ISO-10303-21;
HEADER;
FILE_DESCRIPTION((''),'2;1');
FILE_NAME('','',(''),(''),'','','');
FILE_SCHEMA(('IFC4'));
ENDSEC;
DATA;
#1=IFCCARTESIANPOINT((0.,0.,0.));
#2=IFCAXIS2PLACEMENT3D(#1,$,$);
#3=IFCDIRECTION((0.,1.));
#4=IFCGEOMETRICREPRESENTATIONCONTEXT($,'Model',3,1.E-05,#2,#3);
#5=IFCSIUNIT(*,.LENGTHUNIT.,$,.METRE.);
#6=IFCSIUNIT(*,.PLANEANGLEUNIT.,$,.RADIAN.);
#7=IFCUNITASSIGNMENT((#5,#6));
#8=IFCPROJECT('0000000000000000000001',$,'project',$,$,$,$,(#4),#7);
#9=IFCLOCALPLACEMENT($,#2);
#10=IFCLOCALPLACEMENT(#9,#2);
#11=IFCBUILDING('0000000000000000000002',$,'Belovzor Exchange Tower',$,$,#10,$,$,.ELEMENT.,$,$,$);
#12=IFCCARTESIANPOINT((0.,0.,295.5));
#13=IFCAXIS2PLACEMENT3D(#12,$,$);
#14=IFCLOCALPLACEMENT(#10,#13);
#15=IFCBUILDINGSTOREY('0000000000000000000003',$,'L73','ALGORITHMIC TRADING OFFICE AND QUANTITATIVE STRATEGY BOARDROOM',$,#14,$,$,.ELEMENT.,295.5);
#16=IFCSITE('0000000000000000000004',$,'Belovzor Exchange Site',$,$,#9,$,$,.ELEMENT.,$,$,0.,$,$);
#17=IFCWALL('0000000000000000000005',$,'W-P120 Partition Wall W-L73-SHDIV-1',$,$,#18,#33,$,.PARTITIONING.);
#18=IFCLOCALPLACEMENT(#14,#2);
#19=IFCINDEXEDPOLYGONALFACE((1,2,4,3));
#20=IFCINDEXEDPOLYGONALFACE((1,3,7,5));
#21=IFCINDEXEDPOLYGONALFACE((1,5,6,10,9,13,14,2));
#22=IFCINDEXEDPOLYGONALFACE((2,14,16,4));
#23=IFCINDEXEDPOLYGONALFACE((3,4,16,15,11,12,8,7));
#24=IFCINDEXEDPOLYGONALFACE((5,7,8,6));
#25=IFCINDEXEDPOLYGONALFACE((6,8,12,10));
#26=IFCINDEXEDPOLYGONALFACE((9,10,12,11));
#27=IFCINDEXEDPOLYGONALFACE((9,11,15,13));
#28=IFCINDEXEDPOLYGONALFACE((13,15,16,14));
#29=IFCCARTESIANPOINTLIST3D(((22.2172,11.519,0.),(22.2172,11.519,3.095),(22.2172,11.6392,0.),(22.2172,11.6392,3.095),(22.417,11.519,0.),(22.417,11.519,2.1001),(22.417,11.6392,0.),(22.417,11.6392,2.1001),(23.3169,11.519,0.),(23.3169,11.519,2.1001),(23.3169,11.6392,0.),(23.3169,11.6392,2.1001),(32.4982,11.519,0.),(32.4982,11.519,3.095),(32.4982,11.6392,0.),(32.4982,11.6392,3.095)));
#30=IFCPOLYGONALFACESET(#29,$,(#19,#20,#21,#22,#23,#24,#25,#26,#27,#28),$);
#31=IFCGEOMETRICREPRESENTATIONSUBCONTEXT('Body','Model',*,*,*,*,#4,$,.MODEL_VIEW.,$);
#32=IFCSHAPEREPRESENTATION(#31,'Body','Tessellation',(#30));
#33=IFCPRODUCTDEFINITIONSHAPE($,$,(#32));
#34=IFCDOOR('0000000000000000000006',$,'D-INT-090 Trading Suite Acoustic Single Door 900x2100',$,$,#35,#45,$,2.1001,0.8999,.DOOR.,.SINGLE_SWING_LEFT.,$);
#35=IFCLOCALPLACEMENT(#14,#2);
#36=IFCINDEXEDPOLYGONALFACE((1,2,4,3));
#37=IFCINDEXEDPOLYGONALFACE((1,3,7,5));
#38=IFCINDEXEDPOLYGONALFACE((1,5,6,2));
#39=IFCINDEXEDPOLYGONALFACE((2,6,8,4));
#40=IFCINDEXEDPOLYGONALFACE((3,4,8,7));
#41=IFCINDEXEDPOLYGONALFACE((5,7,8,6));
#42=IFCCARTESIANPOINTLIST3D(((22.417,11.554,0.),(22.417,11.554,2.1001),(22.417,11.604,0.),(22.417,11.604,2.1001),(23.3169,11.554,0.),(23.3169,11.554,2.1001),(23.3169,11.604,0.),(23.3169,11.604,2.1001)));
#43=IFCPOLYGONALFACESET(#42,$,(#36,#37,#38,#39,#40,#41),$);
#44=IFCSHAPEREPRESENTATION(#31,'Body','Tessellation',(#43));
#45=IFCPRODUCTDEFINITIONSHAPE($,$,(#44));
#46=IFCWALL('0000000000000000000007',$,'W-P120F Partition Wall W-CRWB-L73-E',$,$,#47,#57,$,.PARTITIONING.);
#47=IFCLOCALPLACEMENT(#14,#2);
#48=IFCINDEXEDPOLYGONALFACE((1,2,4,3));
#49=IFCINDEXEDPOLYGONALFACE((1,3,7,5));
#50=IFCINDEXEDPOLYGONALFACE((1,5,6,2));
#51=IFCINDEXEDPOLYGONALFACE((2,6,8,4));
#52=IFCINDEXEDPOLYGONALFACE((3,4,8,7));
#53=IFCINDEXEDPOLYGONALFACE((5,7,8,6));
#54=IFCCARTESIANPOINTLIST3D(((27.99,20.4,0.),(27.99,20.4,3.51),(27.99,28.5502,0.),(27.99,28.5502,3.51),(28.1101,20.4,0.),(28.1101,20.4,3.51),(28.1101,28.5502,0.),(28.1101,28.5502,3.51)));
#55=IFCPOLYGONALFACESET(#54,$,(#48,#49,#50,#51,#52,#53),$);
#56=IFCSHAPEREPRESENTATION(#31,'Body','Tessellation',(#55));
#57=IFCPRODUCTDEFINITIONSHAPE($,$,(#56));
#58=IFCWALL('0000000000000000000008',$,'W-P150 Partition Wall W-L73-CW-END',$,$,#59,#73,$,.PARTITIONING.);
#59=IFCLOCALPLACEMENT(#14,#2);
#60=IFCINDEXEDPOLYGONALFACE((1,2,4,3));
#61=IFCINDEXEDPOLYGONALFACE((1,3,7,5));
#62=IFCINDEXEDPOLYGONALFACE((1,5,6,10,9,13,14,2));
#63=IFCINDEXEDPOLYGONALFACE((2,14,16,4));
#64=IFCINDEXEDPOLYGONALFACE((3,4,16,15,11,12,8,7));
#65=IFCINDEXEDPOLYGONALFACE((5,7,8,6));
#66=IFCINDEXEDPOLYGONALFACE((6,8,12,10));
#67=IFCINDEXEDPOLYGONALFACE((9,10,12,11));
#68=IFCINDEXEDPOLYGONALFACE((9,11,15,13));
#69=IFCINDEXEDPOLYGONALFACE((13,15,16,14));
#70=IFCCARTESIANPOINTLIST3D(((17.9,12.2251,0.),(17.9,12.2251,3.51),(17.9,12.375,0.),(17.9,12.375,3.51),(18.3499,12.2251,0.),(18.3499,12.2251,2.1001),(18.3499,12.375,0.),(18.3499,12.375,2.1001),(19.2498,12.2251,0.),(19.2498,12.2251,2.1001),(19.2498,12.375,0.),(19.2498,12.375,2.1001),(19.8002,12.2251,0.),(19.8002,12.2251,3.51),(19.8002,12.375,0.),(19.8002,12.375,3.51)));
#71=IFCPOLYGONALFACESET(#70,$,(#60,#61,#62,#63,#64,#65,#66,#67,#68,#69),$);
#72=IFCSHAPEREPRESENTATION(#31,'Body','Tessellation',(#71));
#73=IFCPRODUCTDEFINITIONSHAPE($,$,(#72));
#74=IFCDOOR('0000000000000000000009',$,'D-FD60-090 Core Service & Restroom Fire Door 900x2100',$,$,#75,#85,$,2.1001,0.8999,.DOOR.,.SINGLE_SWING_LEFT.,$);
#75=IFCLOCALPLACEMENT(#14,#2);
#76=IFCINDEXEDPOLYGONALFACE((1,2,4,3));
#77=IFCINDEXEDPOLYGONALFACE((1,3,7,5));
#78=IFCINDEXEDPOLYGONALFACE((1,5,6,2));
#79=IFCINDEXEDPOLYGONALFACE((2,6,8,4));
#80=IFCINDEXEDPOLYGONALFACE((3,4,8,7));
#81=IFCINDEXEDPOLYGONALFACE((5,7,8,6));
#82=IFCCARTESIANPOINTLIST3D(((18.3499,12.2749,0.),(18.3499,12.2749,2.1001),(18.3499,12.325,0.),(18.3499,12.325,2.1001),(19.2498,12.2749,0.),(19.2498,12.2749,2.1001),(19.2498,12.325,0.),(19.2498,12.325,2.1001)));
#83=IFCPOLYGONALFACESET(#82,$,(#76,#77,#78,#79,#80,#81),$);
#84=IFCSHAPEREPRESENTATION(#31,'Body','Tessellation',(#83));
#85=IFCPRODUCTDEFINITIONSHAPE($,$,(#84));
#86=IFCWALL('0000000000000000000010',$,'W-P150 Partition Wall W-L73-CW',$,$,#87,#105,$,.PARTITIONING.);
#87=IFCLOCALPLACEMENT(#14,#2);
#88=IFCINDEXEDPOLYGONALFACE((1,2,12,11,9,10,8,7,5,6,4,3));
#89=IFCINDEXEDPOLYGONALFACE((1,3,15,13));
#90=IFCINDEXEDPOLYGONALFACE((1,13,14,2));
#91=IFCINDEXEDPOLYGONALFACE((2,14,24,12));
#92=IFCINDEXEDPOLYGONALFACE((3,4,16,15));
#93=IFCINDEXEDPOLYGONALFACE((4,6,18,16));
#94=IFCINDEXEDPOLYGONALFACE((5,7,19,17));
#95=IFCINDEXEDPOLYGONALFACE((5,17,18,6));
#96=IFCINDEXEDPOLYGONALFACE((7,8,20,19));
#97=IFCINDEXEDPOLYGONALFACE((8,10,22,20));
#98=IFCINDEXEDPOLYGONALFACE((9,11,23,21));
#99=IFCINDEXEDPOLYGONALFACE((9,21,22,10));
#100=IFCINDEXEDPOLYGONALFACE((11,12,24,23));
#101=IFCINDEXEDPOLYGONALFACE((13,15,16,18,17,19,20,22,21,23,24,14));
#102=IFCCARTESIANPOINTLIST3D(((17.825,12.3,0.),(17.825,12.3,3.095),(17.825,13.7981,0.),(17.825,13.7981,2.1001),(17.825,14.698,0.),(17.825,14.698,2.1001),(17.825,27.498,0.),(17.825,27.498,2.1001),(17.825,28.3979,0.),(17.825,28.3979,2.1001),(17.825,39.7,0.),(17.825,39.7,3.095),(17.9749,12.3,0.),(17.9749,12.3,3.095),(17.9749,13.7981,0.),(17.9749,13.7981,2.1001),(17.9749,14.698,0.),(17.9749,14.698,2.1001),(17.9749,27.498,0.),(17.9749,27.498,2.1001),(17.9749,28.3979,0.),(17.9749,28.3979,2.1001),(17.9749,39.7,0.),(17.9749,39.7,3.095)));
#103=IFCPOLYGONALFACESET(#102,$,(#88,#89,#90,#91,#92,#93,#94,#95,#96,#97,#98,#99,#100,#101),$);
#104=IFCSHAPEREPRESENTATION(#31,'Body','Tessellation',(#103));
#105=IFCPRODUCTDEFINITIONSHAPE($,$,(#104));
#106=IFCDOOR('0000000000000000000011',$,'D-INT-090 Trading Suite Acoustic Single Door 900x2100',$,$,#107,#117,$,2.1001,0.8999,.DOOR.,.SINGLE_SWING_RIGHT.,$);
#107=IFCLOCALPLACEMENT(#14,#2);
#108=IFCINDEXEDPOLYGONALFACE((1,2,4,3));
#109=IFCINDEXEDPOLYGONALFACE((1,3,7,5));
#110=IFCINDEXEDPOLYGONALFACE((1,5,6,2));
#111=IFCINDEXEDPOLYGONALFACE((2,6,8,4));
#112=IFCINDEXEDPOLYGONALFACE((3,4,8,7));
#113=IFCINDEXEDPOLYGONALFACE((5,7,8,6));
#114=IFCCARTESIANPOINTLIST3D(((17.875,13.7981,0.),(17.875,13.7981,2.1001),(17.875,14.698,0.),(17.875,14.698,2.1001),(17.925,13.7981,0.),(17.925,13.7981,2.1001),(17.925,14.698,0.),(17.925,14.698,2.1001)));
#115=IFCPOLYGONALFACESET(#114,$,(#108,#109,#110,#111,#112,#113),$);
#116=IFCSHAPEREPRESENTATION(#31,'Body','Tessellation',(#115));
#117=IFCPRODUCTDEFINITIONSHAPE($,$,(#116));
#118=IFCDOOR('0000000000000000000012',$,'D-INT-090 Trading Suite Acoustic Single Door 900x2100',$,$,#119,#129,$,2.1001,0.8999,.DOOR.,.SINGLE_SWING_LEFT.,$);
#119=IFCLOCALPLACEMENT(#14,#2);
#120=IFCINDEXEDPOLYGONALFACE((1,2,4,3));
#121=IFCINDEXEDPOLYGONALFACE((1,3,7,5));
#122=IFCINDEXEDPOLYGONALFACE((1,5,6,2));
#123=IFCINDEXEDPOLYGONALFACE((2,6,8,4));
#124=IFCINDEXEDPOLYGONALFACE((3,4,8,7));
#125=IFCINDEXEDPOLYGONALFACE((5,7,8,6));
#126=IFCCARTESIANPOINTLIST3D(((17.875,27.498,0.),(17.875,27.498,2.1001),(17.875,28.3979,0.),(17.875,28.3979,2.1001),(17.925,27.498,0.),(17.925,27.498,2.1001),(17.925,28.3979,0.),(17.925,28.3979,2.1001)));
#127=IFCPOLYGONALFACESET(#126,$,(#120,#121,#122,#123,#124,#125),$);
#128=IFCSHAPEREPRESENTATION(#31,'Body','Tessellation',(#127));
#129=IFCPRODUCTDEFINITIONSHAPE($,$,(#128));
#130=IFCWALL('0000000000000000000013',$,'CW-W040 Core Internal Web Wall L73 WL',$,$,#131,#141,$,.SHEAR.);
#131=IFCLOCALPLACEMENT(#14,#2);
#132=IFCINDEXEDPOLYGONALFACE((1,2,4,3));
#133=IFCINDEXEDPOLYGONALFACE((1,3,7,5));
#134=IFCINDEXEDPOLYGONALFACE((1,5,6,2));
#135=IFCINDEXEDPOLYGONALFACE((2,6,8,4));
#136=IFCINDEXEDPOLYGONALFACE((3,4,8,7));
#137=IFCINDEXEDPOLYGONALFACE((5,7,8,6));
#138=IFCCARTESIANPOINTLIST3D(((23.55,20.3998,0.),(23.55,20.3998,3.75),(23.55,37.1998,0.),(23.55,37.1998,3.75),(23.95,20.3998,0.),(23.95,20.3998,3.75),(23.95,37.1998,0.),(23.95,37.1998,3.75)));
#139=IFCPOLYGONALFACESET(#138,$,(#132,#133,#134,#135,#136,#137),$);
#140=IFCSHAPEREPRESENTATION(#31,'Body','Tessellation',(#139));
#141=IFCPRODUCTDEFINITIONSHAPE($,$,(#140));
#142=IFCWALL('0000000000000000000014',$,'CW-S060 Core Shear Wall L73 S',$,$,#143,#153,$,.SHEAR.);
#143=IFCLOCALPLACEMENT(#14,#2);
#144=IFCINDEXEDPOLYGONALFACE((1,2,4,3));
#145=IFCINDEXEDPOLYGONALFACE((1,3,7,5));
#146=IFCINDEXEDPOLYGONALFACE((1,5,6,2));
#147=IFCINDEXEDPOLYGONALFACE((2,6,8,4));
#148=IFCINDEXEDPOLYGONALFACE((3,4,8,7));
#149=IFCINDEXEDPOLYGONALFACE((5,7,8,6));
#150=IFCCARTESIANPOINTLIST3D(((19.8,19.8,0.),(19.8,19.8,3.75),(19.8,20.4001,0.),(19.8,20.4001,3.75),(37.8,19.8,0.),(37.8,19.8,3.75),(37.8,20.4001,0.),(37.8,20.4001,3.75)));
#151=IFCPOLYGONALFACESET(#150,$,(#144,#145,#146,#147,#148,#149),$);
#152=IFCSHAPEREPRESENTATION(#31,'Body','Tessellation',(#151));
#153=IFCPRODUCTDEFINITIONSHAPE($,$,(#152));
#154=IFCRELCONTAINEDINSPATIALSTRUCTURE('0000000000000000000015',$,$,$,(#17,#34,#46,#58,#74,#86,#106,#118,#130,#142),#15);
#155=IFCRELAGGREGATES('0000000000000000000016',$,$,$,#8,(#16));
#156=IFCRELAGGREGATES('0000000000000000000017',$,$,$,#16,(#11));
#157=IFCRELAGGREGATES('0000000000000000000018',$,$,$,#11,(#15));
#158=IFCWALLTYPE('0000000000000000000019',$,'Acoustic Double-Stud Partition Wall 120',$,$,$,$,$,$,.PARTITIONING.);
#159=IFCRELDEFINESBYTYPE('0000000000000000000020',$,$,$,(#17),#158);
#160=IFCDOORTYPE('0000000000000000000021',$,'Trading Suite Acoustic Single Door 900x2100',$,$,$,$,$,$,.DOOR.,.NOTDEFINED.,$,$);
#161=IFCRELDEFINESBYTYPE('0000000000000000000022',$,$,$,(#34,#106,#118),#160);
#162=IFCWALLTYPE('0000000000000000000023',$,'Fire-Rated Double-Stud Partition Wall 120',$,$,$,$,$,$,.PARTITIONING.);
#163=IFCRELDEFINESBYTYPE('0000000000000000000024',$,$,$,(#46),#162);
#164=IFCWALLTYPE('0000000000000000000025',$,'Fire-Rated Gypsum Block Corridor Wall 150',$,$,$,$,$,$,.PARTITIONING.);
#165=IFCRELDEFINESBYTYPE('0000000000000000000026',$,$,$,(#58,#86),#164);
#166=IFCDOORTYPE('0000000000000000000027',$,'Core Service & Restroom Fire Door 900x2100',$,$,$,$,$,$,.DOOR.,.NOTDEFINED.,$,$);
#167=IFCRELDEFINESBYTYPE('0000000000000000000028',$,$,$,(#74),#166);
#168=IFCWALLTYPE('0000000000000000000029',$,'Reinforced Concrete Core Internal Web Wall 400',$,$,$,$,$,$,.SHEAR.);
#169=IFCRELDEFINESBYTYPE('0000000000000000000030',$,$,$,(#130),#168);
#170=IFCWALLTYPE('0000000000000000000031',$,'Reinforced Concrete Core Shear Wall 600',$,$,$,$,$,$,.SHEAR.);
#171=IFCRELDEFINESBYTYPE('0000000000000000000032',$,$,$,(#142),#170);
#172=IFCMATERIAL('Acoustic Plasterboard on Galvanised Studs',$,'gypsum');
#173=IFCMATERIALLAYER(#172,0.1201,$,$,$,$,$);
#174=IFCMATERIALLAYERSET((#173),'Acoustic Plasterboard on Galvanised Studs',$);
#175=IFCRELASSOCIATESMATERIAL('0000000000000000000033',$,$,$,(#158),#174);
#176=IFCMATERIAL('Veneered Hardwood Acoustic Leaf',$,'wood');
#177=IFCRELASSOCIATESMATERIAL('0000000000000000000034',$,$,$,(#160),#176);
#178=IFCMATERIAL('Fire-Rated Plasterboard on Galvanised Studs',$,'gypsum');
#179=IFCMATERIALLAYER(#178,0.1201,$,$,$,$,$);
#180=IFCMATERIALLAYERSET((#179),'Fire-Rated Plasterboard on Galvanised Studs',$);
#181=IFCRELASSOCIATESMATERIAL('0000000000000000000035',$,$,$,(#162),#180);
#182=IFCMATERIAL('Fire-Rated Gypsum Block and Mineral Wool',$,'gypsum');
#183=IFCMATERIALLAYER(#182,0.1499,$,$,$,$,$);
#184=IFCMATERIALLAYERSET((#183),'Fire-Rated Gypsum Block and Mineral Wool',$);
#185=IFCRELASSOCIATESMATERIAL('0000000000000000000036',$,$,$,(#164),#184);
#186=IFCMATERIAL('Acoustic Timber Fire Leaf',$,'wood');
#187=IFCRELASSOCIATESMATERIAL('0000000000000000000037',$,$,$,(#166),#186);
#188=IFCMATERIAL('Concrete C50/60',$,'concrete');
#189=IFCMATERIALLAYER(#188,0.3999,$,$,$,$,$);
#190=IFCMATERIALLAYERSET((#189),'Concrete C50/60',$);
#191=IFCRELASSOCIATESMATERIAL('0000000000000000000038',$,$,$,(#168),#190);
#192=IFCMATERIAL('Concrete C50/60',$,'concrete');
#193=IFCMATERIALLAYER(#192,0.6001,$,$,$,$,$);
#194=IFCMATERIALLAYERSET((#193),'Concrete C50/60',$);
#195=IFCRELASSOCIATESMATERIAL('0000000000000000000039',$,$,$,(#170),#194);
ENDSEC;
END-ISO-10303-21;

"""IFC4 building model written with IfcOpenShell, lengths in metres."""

from ifc_helpers import new_model, si_unit, direction, frame, frame_2d, origin, place, context, subcontext, project, spatial, rectangle, extrude, material, layer, layer_set, type_object, element, fill, save


model = new_model("IFC4")

# Units and contexts
model_context = context("Model", 3, precision=1e-05, world=origin(), true_north=direction((0.0, 1.0)))
body_context = subcontext(model_context, "Body", "Model", "MODEL_VIEW")
ifc_project = project(units=[si_unit("LENGTHUNIT", "METRE"), si_unit("PLANEANGLEUNIT", "RADIAN")], contexts=[model_context])

# Site, building, storey
site_placement = place(None, origin())
site = spatial("IfcSite", under=ifc_project, at=site_placement, Name="Belovzor Exchange Site", CompositionType="ELEMENT", RefElevation=0.0)
building_placement = place(site_placement, origin())
building = spatial("IfcBuilding", under=site, at=building_placement, Name="Belovzor Exchange Tower", CompositionType="ELEMENT")
storey_placement = place(building_placement, frame((0.0, 0.0, 295.5)))
storey = spatial("IfcBuildingStorey", under=building, at=storey_placement, Name="L73", Description="ALGORITHMIC TRADING OFFICE AND QUANTITATIVE STRATEGY BOARDROOM", CompositionType="ELEMENT", Elevation=295.5)

# Wall, opening, door
ifc_material_1 = material(Name="Acoustic Plasterboard on Galvanised Studs", Category="gypsum")
ifc_layer_1 = layer(ifc_material_1, 0.1201)
ifc_layer_set_1 = layer_set([ifc_layer_1], Name="Acoustic Plasterboard on Galvanised Studs")
wall_type_1 = type_object("IfcWallType", Name="Acoustic Double-Stud Partition Wall 120", PredefinedType="PARTITIONING", material=ifc_layer_set_1)
wall_1_placement = place(storey_placement, frame((22.217, 11.5791, 0.0), z_axis=(0.0, 0.0, 1.0), x_axis=(1.0, 0.0, 0.0)))
wall_1 = element("IfcWall", 1, at=wall_1_placement, inside=storey, type_object=wall_type_1, Name="W-P120 Partition Wall W-L73-SHDIV-1", PredefinedType="PARTITIONING", context=body_context, shape_type="SweptSolid", body=[
    extrude(rectangle(XDim=10.281, YDim=0.1201, at=frame_2d((5.1406, 0.0))), origin(), (0.0, 0.0, 1.0), 3.095),
])
opening_1_placement = place(wall_1_placement, frame((0.2, 0.0, 0.0)))
opening_1 = element("IfcOpeningElement", 2, at=opening_1_placement, cuts=wall_1, PredefinedType="OPENING", context=body_context, shape_type="SweptSolid", body=[
    extrude(rectangle(XDim=0.8999, YDim=2.1001, at=frame_2d((0.45, 1.05))), frame((0.0, 0.0701, 0.0), z_axis=(0.0, -1.0, 0.0), x_axis=(1.0, 0.0, 0.0)), (0.0, 0.0, 1.0), 0.1401),
])
ifc_material_2 = material(Name="Veneered Hardwood Acoustic Leaf", Category="wood")
door_type_1 = type_object("IfcDoorType", Name="Trading Suite Acoustic Single Door 900x2100", OperationType="NOTDEFINED", PredefinedType="DOOR", material=ifc_material_2)
door_1_placement = place(opening_1_placement, origin())
door_1 = element("IfcDoor", 3, at=door_1_placement, inside=storey, type_object=door_type_1, Name="D-INT-090 Trading Suite Acoustic Single Door 900x2100", OperationType="SINGLE_SWING_LEFT", OverallHeight=2.1001, OverallWidth=0.8999, PredefinedType="DOOR", context=body_context, shape_type="SweptSolid", body=[
    extrude(rectangle(XDim=0.8999, YDim=2.1001, at=frame_2d((0.45, 1.05))), frame((0.0, 0.0249, 0.0), z_axis=(0.0, -1.0, 0.0), x_axis=(1.0, 0.0, 0.0)), (0.0, 0.0, 1.0), 0.05),
])
fill(opening_1, door_1)

# Wall
ifc_material_3 = material(Name="Fire-Rated Plasterboard on Galvanised Studs", Category="gypsum")
ifc_layer_2 = layer(ifc_material_3, 0.1201)
ifc_layer_set_2 = layer_set([ifc_layer_2], Name="Fire-Rated Plasterboard on Galvanised Studs")
wall_type_2 = type_object("IfcWallType", Name="Fire-Rated Double-Stud Partition Wall 120", PredefinedType="PARTITIONING", material=ifc_layer_set_2)
wall_2_placement = place(storey_placement, frame((28.05, 20.3999, 0.0), z_axis=(0.0, 0.0, 1.0), x_axis=(0.0, 1.0, 0.0)))
element("IfcWall", 4, at=wall_2_placement, inside=storey, type_object=wall_type_2, Name="W-P120F Partition Wall W-CRWB-L73-E", PredefinedType="PARTITIONING", context=body_context, shape_type="SweptSolid", body=[
    extrude(rectangle(XDim=8.1501, YDim=0.1201, at=frame_2d((4.0752, 0.0))), origin(), (0.0, 0.0, 1.0), 3.51),
])

# Wall, opening, door
ifc_material_4 = material(Name="Fire-Rated Gypsum Block and Mineral Wool", Category="gypsum")
ifc_layer_3 = layer(ifc_material_4, 0.1499)
ifc_layer_set_3 = layer_set([ifc_layer_3], Name="Fire-Rated Gypsum Block and Mineral Wool")
wall_type_3 = type_object("IfcWallType", Name="Fire-Rated Gypsum Block Corridor Wall 150", PredefinedType="PARTITIONING", material=ifc_layer_set_3)
wall_3_placement = place(storey_placement, frame((17.8999, 12.3, 0.0), z_axis=(0.0, 0.0, 1.0), x_axis=(1.0, 0.0, 0.0)))
wall_3 = element("IfcWall", 5, at=wall_3_placement, inside=storey, type_object=wall_type_3, Name="W-P150 Partition Wall W-L73-CW-END", PredefinedType="PARTITIONING", context=body_context, shape_type="SweptSolid", body=[
    extrude(rectangle(XDim=1.9001, YDim=0.1499, at=frame_2d((0.9502, 0.0))), origin(), (0.0, 0.0, 1.0), 3.51),
])
opening_2_placement = place(wall_3_placement, frame((0.45, 0.0, 0.0)))
opening_2 = element("IfcOpeningElement", 6, at=opening_2_placement, cuts=wall_3, PredefinedType="OPENING", context=body_context, shape_type="SweptSolid", body=[
    extrude(rectangle(XDim=0.8999, YDim=2.1001, at=frame_2d((0.45, 1.05))), frame((0.0, 0.085, 0.0), z_axis=(0.0, -1.0, 0.0), x_axis=(1.0, 0.0, 0.0)), (0.0, 0.0, 1.0), 0.1699),
])
ifc_material_5 = material(Name="Acoustic Timber Fire Leaf", Category="wood")
door_type_2 = type_object("IfcDoorType", Name="Core Service & Restroom Fire Door 900x2100", OperationType="NOTDEFINED", PredefinedType="DOOR", material=ifc_material_5)
door_2_placement = place(opening_2_placement, origin())
door_2 = element("IfcDoor", 7, at=door_2_placement, inside=storey, type_object=door_type_2, Name="D-FD60-090 Core Service & Restroom Fire Door 900x2100", OperationType="SINGLE_SWING_LEFT", OverallHeight=2.1001, OverallWidth=0.8999, PredefinedType="DOOR", context=body_context, shape_type="SweptSolid", body=[
    extrude(rectangle(XDim=0.8999, YDim=2.1001, at=frame_2d((0.45, 1.05))), frame((0.0, 0.0249, 0.0), z_axis=(0.0, -1.0, 0.0), x_axis=(1.0, 0.0, 0.0)), (0.0, 0.0, 1.0), 0.05),
])
fill(opening_2, door_2)

# Wall, openings, doors
wall_4_placement = place(storey_placement, frame((17.8999, 12.3, 0.0), z_axis=(0.0, 0.0, 1.0), x_axis=(0.0, 1.0, 0.0)))
wall_4 = element("IfcWall", 8, at=wall_4_placement, inside=storey, type_object=wall_type_3, Name="W-P150 Partition Wall W-L73-CW", PredefinedType="PARTITIONING", context=body_context, shape_type="SweptSolid", body=[
    extrude(rectangle(XDim=27.3999, YDim=0.1499, at=frame_2d((13.7, 0.0))), origin(), (0.0, 0.0, 1.0), 3.095),
])
opening_3_placement = place(wall_4_placement, frame((1.498, 0.0, 0.0)))
opening_3 = element("IfcOpeningElement", 9, at=opening_3_placement, cuts=wall_4, PredefinedType="OPENING", context=body_context, shape_type="SweptSolid", body=[
    extrude(rectangle(XDim=0.8999, YDim=2.1001, at=frame_2d((0.45, 1.05))), frame((0.0, 0.085, 0.0), z_axis=(0.0, -1.0, 0.0), x_axis=(1.0, 0.0, 0.0)), (0.0, 0.0, 1.0), 0.1699),
])
opening_4_placement = place(wall_4_placement, frame((15.198, 0.0, 0.0)))
opening_4 = element("IfcOpeningElement", 10, at=opening_4_placement, cuts=wall_4, PredefinedType="OPENING", context=body_context, shape_type="SweptSolid", body=[
    extrude(rectangle(XDim=0.8999, YDim=2.1001, at=frame_2d((0.45, 1.05))), frame((0.0, 0.085, 0.0), z_axis=(0.0, -1.0, 0.0), x_axis=(1.0, 0.0, 0.0)), (0.0, 0.0, 1.0), 0.1699),
])
door_3_placement = place(opening_3_placement, origin())
door_3 = element("IfcDoor", 11, at=door_3_placement, inside=storey, type_object=door_type_1, Name="D-INT-090 Trading Suite Acoustic Single Door 900x2100", OperationType="SINGLE_SWING_RIGHT", OverallHeight=2.1001, OverallWidth=0.8999, PredefinedType="DOOR", context=body_context, shape_type="SweptSolid", body=[
    extrude(rectangle(XDim=0.8999, YDim=2.1001, at=frame_2d((0.45, 1.05))), frame((0.0, 0.0249, 0.0), z_axis=(0.0, -1.0, 0.0), x_axis=(1.0, 0.0, 0.0)), (0.0, 0.0, 1.0), 0.05),
])
fill(opening_3, door_3)
door_4_placement = place(opening_4_placement, origin())
door_4 = element("IfcDoor", 12, at=door_4_placement, inside=storey, type_object=door_type_1, Name="D-INT-090 Trading Suite Acoustic Single Door 900x2100", OperationType="SINGLE_SWING_LEFT", OverallHeight=2.1001, OverallWidth=0.8999, PredefinedType="DOOR", context=body_context, shape_type="SweptSolid", body=[
    extrude(rectangle(XDim=0.8999, YDim=2.1001, at=frame_2d((0.45, 1.05))), frame((0.0, 0.0249, 0.0), z_axis=(0.0, -1.0, 0.0), x_axis=(1.0, 0.0, 0.0)), (0.0, 0.0, 1.0), 0.05),
])
fill(opening_4, door_4)

# Walls
ifc_material_6 = material(Name="Concrete C50/60", Category="concrete")
ifc_layer_4 = layer(ifc_material_6, 0.3999)
ifc_layer_set_4 = layer_set([ifc_layer_4], Name="Concrete C50/60")
wall_type_4 = type_object("IfcWallType", Name="Reinforced Concrete Core Internal Web Wall 400", PredefinedType="SHEAR", material=ifc_layer_set_4)
wall_5_placement = place(storey_placement, frame((23.75, 20.3999, 0.0), z_axis=(0.0, 0.0, 1.0), x_axis=(0.0, 1.0, 0.0)))
element("IfcWall", 13, at=wall_5_placement, inside=storey, type_object=wall_type_4, Name="CW-W040 Core Internal Web Wall L73 WL", PredefinedType="SHEAR", context=body_context, shape_type="SweptSolid", body=[
    extrude(rectangle(XDim=16.8, YDim=0.3999, at=frame_2d((8.3999, 0.0))), origin(), (0.0, 0.0, 1.0), 3.75),
])
ifc_material_7 = material(Name="Concrete C50/60", Category="concrete")
ifc_layer_5 = layer(ifc_material_7, 0.6001)
ifc_layer_set_5 = layer_set([ifc_layer_5], Name="Concrete C50/60")
wall_type_5 = type_object("IfcWallType", Name="Reinforced Concrete Core Shear Wall 600", PredefinedType="SHEAR", material=ifc_layer_set_5)
wall_6_placement = place(storey_placement, frame((19.8, 20.1001, 0.0), z_axis=(0.0, 0.0, 1.0), x_axis=(1.0, 0.0, 0.0)))
element("IfcWall", 14, at=wall_6_placement, inside=storey, type_object=wall_type_5, Name="CW-S060 Core Shear Wall L73 S", PredefinedType="SHEAR", context=body_context, shape_type="SweptSolid", body=[
    extrude(rectangle(XDim=18.0, YDim=0.6001, at=frame_2d((9.0, 0.0))), origin(), (0.0, 0.0, 1.0), 3.75),
])

save(model, "model.ifc")
